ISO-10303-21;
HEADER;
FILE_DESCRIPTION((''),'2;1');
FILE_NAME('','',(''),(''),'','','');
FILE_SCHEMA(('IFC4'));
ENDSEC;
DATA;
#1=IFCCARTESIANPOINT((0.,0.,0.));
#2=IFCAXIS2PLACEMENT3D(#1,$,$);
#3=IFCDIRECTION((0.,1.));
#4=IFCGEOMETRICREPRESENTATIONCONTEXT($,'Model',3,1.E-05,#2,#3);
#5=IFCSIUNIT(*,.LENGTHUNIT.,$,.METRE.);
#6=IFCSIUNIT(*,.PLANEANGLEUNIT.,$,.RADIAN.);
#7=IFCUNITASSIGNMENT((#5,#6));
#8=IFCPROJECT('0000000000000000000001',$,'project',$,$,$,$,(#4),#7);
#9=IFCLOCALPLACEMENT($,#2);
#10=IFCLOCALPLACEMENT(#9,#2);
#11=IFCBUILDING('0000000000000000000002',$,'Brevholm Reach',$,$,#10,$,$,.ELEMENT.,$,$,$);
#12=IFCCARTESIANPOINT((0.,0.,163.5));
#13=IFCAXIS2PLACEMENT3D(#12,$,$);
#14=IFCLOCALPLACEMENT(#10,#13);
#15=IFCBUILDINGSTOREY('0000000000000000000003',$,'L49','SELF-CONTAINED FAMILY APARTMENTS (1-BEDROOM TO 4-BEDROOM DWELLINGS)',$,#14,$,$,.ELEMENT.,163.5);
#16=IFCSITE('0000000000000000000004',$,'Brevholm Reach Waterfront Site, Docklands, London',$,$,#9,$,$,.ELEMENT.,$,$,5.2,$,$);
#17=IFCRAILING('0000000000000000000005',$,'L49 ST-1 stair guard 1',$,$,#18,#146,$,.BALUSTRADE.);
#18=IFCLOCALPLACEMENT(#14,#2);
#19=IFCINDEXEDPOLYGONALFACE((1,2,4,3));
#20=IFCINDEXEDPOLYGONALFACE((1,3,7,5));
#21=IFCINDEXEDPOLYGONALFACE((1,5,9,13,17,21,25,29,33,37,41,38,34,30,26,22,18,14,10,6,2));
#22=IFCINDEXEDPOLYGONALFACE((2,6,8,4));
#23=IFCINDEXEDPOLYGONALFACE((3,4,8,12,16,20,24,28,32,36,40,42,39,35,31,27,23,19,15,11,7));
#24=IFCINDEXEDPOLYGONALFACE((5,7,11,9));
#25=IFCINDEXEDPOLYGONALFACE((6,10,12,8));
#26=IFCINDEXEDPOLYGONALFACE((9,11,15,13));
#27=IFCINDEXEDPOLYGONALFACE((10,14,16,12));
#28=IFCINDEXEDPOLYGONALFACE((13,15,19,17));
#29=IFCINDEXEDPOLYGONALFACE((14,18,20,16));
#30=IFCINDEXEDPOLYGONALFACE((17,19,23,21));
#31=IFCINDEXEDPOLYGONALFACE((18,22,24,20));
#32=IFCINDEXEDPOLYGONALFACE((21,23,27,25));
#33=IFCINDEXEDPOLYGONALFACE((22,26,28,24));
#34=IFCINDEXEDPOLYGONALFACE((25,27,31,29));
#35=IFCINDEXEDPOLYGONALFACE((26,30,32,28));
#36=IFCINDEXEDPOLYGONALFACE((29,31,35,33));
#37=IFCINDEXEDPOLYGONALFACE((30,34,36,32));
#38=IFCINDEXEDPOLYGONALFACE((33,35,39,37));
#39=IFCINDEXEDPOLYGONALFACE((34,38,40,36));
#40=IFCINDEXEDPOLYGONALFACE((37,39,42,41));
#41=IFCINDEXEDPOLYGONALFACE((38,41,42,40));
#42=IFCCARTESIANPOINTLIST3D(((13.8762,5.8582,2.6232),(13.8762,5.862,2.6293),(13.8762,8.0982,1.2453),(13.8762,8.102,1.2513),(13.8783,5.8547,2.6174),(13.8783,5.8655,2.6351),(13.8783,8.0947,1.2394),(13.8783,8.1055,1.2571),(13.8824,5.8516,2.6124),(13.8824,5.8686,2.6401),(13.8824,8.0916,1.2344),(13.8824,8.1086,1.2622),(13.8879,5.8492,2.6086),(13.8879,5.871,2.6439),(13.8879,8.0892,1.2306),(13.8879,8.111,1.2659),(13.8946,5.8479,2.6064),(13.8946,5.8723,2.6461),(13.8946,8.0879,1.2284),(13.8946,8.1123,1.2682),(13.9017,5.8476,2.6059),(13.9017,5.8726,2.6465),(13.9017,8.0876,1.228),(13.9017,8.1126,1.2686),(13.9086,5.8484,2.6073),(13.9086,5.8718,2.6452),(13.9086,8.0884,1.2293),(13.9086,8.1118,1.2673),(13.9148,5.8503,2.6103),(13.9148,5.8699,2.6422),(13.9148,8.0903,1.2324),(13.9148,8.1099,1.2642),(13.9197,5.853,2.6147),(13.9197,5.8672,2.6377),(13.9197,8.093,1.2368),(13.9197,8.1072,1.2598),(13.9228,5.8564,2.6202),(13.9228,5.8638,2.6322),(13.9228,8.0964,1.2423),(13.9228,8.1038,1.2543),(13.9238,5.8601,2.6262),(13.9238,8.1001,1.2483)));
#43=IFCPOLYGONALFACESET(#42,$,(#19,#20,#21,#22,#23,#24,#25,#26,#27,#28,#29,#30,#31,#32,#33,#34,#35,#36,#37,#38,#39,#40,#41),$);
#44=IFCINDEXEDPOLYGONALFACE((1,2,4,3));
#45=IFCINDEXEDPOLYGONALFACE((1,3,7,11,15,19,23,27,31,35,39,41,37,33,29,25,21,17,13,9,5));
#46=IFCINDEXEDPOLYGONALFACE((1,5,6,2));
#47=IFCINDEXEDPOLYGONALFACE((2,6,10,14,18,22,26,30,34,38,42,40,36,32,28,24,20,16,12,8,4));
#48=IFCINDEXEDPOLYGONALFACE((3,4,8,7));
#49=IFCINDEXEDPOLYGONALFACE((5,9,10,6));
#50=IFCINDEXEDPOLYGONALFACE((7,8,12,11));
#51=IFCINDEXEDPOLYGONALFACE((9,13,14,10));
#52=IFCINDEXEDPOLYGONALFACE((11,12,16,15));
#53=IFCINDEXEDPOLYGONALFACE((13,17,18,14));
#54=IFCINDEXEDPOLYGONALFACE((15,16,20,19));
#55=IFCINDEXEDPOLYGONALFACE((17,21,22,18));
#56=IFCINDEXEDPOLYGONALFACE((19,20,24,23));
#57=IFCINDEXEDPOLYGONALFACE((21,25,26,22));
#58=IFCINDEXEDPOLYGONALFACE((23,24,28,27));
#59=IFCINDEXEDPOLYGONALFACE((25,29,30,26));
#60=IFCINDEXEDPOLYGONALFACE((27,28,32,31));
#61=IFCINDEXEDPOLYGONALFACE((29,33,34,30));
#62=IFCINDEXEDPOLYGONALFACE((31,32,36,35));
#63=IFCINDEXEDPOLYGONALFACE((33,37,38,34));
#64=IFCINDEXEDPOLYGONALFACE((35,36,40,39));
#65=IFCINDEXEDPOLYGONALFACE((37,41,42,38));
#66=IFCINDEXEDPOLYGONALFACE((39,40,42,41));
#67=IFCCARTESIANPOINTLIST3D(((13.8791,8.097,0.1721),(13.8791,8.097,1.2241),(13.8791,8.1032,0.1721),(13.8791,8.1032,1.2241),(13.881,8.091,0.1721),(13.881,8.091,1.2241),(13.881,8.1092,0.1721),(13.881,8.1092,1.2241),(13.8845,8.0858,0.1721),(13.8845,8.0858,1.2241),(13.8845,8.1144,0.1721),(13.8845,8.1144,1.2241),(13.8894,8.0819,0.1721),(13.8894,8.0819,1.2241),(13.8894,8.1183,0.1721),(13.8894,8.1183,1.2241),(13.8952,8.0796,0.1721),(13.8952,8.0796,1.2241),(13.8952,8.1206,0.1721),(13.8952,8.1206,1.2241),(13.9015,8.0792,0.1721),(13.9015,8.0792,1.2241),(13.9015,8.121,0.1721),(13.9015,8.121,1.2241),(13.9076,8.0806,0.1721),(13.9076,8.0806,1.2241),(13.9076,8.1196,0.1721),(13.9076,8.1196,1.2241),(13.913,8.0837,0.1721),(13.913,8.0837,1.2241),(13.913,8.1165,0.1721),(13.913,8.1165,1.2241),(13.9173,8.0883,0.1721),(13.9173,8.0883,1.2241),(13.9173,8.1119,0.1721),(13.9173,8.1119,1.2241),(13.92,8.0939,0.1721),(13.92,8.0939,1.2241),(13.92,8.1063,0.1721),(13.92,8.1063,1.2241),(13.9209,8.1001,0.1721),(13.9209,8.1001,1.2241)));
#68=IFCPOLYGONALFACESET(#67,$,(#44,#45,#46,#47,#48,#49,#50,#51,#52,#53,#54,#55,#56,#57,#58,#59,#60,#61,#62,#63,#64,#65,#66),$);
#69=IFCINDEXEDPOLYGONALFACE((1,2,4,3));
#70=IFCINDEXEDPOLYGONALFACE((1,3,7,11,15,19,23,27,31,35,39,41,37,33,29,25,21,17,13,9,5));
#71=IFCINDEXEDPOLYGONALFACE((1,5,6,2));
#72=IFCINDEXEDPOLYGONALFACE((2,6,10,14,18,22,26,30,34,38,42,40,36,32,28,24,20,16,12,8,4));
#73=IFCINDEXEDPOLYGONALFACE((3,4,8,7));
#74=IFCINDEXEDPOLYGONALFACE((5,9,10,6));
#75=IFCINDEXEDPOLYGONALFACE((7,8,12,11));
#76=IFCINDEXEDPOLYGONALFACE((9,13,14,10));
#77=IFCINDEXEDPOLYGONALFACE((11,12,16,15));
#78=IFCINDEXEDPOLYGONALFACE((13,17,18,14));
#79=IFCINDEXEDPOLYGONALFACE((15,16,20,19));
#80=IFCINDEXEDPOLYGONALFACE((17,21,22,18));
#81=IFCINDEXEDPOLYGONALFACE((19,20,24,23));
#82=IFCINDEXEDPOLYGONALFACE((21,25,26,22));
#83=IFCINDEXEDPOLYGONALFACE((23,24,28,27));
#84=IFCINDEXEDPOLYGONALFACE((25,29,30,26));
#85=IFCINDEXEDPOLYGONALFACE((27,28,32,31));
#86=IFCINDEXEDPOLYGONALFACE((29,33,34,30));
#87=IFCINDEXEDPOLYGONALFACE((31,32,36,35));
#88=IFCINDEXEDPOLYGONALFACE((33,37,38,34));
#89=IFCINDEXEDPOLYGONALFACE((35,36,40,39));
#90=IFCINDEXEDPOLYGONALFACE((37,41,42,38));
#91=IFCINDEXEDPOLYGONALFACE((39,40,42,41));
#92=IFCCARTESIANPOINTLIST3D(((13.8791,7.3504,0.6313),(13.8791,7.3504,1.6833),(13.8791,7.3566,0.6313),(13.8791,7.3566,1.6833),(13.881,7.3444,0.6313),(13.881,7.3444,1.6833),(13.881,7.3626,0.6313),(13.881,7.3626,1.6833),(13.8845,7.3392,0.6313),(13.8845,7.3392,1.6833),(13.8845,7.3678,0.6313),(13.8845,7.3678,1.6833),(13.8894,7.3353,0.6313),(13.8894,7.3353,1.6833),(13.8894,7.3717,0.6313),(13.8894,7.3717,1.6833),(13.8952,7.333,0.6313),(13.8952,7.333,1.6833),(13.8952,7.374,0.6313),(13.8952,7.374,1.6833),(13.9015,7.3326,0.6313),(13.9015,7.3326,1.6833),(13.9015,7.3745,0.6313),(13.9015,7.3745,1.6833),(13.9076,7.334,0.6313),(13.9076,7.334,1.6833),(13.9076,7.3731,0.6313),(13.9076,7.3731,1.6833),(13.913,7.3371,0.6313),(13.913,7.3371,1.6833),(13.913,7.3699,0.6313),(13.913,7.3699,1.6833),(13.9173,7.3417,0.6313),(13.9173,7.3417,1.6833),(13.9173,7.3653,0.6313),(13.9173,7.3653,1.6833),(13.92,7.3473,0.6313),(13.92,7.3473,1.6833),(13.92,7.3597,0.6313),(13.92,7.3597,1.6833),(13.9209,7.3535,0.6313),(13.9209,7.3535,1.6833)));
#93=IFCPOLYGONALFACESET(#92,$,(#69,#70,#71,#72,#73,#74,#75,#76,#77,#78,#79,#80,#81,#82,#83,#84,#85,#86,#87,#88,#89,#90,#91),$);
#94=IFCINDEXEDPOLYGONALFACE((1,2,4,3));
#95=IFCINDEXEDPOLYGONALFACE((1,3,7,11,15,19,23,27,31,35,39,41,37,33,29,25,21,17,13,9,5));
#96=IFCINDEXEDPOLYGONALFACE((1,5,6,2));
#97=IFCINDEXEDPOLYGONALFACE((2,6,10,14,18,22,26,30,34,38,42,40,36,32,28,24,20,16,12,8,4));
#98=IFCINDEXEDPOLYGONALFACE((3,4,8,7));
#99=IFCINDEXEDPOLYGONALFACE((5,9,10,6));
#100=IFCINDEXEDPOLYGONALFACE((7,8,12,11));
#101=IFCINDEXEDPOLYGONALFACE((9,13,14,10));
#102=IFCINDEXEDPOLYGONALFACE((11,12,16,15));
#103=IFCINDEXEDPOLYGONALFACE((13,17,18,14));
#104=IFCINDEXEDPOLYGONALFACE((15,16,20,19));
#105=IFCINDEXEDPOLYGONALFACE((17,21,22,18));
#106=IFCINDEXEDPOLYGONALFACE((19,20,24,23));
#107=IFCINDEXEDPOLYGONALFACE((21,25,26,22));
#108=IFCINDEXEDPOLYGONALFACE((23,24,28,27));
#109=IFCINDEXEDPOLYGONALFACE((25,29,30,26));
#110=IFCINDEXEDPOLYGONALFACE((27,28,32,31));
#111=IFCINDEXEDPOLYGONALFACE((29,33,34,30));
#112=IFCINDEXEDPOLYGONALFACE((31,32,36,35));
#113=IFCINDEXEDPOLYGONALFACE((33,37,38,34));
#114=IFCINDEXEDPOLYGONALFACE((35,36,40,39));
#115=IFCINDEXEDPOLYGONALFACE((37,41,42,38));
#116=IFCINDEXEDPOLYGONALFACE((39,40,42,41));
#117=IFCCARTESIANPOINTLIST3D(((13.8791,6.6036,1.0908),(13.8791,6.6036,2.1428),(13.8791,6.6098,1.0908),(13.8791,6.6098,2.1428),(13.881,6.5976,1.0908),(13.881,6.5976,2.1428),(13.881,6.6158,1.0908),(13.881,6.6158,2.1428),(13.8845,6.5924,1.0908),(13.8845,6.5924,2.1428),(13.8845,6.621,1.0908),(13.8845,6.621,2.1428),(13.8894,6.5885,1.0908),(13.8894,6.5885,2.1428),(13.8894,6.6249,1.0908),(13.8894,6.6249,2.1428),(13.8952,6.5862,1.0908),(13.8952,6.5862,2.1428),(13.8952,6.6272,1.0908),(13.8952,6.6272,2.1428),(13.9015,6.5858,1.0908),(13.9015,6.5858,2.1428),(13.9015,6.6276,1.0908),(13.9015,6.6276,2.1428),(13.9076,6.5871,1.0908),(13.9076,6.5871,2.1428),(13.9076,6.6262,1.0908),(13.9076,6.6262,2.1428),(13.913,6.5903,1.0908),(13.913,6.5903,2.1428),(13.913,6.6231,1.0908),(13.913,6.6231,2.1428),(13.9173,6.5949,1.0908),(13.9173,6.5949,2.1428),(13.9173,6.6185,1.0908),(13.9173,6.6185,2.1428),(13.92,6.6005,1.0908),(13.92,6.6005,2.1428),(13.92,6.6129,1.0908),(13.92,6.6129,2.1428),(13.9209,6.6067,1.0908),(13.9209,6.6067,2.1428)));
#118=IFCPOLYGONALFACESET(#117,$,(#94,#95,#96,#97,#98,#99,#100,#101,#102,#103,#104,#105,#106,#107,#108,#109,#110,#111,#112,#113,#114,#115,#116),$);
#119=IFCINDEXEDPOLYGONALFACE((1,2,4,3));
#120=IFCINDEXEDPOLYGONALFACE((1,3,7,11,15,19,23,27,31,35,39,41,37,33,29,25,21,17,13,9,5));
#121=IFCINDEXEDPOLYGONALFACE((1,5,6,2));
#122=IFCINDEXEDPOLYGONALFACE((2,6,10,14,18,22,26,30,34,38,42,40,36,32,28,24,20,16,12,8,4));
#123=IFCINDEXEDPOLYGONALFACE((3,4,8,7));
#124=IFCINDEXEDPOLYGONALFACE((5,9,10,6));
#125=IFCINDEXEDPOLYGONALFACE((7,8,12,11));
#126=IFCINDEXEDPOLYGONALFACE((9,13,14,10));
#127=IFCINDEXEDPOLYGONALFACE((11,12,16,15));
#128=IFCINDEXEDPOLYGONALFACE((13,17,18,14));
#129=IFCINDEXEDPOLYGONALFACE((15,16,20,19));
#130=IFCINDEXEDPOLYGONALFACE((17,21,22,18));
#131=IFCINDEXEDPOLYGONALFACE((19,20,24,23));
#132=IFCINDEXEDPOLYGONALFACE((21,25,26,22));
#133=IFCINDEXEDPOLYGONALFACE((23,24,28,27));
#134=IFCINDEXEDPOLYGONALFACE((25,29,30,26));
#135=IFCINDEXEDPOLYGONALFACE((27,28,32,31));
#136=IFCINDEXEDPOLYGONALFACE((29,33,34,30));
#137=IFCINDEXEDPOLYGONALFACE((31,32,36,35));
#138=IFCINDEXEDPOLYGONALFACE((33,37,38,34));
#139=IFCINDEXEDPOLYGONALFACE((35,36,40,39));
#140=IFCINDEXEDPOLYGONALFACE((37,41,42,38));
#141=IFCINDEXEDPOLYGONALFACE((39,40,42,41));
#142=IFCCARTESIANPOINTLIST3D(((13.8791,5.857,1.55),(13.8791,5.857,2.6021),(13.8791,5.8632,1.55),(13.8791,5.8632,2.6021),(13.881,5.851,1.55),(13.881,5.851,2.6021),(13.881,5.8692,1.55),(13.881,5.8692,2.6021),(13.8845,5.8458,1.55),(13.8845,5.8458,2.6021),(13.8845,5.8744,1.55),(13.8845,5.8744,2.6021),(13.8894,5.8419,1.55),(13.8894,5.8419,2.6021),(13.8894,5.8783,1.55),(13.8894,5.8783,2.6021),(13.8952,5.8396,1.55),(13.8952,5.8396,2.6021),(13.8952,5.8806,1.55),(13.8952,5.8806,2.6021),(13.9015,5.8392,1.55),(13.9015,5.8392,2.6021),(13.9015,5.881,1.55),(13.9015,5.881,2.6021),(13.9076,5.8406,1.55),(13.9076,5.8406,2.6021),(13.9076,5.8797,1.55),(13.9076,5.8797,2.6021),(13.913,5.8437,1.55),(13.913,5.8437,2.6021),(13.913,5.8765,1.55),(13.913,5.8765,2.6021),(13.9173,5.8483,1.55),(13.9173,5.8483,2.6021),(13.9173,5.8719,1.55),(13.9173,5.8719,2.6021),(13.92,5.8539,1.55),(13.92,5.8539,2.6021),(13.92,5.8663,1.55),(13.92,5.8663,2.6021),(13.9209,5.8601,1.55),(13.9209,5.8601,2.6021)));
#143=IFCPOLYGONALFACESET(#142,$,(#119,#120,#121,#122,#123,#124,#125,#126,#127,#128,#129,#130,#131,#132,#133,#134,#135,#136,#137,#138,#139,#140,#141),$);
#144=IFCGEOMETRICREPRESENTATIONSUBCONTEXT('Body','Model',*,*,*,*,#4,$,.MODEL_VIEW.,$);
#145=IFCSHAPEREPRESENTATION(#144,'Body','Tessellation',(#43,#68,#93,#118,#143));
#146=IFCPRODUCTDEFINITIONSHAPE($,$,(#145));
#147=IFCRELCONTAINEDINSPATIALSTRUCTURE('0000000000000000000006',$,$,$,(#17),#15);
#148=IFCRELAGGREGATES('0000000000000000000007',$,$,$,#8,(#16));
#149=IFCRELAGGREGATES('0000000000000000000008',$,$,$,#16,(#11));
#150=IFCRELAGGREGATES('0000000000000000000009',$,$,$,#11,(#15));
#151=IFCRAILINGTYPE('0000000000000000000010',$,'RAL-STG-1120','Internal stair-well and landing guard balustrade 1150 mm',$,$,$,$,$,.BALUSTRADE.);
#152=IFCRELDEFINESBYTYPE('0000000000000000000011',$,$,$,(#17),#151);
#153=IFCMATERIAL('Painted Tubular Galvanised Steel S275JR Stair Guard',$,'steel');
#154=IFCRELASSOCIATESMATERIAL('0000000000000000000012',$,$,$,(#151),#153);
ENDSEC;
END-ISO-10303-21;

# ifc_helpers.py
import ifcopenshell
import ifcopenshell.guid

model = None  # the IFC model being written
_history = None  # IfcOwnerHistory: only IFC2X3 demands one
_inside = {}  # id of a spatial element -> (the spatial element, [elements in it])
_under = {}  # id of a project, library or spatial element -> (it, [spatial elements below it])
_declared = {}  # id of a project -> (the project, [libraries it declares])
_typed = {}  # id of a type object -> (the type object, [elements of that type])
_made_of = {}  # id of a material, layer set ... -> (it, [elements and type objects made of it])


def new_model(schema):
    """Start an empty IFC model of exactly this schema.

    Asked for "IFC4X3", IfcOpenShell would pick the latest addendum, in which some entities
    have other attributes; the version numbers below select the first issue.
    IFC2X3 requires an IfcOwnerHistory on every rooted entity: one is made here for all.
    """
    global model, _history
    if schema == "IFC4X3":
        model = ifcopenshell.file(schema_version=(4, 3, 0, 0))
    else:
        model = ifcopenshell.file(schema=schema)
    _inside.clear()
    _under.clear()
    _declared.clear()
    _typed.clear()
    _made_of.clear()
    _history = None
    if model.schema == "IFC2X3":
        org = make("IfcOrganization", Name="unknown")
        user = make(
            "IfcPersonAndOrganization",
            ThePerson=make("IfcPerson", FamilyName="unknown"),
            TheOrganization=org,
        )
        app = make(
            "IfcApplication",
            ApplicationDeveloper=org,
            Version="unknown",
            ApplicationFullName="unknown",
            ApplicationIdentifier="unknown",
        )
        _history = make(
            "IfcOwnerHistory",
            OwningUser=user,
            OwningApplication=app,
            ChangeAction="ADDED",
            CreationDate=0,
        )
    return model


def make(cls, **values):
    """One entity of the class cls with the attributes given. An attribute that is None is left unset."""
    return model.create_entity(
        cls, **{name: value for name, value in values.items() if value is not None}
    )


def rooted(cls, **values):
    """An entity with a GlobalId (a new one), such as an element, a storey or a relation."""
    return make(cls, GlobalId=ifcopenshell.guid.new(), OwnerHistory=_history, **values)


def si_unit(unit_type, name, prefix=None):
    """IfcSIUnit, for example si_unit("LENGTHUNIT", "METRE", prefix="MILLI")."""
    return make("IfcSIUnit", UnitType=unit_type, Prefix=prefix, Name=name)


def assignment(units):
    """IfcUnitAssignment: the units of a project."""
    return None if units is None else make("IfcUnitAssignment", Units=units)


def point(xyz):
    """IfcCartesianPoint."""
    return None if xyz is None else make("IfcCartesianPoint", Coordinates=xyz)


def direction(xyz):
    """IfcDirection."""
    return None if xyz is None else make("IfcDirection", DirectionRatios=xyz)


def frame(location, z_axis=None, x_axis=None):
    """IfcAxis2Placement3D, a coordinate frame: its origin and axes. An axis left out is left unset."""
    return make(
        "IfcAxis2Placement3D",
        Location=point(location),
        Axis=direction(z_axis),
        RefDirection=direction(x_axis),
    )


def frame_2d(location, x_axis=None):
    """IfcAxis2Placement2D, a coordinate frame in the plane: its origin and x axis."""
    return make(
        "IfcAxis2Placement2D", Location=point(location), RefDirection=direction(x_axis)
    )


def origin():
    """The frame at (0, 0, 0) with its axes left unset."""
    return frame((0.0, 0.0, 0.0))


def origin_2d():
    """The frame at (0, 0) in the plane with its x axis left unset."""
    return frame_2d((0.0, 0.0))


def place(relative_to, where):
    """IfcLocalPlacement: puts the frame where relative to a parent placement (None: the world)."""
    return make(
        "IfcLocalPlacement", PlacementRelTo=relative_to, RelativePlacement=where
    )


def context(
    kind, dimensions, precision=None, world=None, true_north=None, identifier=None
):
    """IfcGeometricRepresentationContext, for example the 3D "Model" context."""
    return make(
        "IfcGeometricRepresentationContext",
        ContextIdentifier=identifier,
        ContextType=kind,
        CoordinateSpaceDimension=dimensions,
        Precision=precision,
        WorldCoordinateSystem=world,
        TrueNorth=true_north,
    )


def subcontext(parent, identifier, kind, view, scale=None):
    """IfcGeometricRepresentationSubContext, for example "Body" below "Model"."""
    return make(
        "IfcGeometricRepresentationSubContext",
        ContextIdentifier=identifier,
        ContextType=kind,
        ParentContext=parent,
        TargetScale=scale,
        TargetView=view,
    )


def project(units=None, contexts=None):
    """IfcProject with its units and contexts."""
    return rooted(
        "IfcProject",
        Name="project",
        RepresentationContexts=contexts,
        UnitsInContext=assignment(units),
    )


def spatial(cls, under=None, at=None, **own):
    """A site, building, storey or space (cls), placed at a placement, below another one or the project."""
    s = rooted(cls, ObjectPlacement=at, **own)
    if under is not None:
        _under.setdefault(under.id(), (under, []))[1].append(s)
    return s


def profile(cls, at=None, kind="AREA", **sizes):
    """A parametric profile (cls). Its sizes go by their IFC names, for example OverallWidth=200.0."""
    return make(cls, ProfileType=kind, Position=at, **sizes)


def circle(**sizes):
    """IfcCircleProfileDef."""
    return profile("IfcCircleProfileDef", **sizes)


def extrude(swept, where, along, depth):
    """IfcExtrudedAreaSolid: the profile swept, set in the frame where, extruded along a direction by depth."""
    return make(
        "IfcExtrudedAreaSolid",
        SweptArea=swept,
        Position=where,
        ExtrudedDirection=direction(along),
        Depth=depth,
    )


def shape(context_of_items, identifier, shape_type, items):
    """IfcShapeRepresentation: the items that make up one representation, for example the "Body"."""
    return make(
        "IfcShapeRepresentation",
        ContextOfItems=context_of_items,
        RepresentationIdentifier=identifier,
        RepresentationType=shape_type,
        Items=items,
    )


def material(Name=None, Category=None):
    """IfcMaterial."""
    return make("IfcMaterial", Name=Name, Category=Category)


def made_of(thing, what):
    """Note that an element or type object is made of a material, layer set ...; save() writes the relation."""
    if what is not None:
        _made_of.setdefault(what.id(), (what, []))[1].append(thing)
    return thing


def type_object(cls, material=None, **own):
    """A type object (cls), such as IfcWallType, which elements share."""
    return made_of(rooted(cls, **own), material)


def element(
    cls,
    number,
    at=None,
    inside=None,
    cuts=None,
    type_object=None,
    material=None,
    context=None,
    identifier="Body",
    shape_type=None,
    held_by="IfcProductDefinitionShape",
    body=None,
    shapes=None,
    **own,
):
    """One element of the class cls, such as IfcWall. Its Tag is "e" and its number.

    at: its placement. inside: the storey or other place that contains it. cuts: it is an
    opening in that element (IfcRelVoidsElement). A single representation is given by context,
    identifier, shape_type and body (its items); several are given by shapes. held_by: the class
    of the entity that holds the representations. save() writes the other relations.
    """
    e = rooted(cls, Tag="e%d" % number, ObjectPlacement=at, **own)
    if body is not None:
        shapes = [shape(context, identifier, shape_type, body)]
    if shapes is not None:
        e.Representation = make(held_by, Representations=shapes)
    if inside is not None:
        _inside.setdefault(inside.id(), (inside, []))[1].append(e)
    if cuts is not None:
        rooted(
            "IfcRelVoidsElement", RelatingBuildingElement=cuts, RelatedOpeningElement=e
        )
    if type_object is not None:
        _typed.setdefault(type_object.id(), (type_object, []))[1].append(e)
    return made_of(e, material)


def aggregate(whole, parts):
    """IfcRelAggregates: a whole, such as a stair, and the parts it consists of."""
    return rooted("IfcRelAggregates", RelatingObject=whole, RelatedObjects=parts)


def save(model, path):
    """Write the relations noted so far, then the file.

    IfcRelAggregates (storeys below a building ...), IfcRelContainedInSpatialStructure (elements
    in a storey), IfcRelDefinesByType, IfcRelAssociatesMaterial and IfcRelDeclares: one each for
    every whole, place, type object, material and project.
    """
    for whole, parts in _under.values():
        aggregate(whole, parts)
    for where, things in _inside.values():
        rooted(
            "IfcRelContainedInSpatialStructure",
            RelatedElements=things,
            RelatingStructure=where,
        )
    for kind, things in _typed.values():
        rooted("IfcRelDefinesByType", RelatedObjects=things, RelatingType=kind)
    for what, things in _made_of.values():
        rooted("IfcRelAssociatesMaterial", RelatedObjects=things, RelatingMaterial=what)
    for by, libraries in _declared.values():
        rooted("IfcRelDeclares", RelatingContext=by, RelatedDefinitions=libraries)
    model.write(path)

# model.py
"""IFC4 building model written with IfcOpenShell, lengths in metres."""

from ifc_helpers import new_model, si_unit, direction, frame, origin, origin_2d, place, context, subcontext, project, spatial, circle, extrude, material, type_object, element, save


model = new_model("IFC4")

# Units and contexts
model_context = context("Model", 3, precision=1e-05, world=origin(), true_north=direction((0.0, 1.0)))
body_context = subcontext(model_context, "Body", "Model", "MODEL_VIEW")
ifc_project = project(units=[si_unit("LENGTHUNIT", "METRE"), si_unit("PLANEANGLEUNIT", "RADIAN")], contexts=[model_context])

# Site, building, storey
site_placement = place(None, origin())
site = spatial("IfcSite", under=ifc_project, at=site_placement, Name="Brevholm Reach Waterfront Site, Docklands, London", CompositionType="ELEMENT", RefElevation=5.2)
building_placement = place(site_placement, origin())
building = spatial("IfcBuilding", under=site, at=building_placement, Name="Brevholm Reach", CompositionType="ELEMENT")
storey_placement = place(building_placement, frame((0.0, 0.0, 163.5)))
storey = spatial("IfcBuildingStorey", under=building, at=storey_placement, Name="L49", Description="SELF-CONTAINED FAMILY APARTMENTS (1-BEDROOM TO 4-BEDROOM DWELLINGS)", CompositionType="ELEMENT", Elevation=163.5)

# Railing
ifc_material_1 = material(Name="Painted Tubular Galvanised Steel S275JR Stair Guard", Category="steel")
railing_type_1 = type_object("IfcRailingType", Name="RAL-STG-1120", Description="Internal stair-well and landing guard balustrade 1150 mm", PredefinedType="BALUSTRADE", material=ifc_material_1)
railing_1_placement = place(storey_placement, frame((13.8999, 8.1001, 0.1721)))
element("IfcRailing", 1, at=railing_1_placement, inside=storey, type_object=railing_type_1, Name="L49 ST-1 stair guard 1", PredefinedType="BALUSTRADE", context=body_context, shape_type="SweptSolid", body=[
    extrude(circle(Radius=0.0239, at=origin_2d()), frame((0.0, 0.0, 1.0762), z_axis=(0.0, -0.851748, 0.523952), x_axis=(1.0, 0.0, 0.0)), (0.0, 0.0, 1.0), 2.6299),
    extrude(circle(Radius=0.021, at=origin_2d()), origin(), (0.0, 0.0, 1.0), 1.052),
    extrude(circle(Radius=0.021, at=origin_2d()), frame((0.0, -0.7466, 0.4592)), (0.0, 0.0, 1.0), 1.052),
    extrude(circle(Radius=0.021, at=origin_2d()), frame((0.0, -1.4934, 0.9187)), (0.0, 0.0, 1.0), 1.052),
    extrude(circle(Radius=0.021, at=origin_2d()), frame((0.0, -2.24, 1.3779)), (0.0, 0.0, 1.0), 1.052),
])

save(model, "model.ifc")
